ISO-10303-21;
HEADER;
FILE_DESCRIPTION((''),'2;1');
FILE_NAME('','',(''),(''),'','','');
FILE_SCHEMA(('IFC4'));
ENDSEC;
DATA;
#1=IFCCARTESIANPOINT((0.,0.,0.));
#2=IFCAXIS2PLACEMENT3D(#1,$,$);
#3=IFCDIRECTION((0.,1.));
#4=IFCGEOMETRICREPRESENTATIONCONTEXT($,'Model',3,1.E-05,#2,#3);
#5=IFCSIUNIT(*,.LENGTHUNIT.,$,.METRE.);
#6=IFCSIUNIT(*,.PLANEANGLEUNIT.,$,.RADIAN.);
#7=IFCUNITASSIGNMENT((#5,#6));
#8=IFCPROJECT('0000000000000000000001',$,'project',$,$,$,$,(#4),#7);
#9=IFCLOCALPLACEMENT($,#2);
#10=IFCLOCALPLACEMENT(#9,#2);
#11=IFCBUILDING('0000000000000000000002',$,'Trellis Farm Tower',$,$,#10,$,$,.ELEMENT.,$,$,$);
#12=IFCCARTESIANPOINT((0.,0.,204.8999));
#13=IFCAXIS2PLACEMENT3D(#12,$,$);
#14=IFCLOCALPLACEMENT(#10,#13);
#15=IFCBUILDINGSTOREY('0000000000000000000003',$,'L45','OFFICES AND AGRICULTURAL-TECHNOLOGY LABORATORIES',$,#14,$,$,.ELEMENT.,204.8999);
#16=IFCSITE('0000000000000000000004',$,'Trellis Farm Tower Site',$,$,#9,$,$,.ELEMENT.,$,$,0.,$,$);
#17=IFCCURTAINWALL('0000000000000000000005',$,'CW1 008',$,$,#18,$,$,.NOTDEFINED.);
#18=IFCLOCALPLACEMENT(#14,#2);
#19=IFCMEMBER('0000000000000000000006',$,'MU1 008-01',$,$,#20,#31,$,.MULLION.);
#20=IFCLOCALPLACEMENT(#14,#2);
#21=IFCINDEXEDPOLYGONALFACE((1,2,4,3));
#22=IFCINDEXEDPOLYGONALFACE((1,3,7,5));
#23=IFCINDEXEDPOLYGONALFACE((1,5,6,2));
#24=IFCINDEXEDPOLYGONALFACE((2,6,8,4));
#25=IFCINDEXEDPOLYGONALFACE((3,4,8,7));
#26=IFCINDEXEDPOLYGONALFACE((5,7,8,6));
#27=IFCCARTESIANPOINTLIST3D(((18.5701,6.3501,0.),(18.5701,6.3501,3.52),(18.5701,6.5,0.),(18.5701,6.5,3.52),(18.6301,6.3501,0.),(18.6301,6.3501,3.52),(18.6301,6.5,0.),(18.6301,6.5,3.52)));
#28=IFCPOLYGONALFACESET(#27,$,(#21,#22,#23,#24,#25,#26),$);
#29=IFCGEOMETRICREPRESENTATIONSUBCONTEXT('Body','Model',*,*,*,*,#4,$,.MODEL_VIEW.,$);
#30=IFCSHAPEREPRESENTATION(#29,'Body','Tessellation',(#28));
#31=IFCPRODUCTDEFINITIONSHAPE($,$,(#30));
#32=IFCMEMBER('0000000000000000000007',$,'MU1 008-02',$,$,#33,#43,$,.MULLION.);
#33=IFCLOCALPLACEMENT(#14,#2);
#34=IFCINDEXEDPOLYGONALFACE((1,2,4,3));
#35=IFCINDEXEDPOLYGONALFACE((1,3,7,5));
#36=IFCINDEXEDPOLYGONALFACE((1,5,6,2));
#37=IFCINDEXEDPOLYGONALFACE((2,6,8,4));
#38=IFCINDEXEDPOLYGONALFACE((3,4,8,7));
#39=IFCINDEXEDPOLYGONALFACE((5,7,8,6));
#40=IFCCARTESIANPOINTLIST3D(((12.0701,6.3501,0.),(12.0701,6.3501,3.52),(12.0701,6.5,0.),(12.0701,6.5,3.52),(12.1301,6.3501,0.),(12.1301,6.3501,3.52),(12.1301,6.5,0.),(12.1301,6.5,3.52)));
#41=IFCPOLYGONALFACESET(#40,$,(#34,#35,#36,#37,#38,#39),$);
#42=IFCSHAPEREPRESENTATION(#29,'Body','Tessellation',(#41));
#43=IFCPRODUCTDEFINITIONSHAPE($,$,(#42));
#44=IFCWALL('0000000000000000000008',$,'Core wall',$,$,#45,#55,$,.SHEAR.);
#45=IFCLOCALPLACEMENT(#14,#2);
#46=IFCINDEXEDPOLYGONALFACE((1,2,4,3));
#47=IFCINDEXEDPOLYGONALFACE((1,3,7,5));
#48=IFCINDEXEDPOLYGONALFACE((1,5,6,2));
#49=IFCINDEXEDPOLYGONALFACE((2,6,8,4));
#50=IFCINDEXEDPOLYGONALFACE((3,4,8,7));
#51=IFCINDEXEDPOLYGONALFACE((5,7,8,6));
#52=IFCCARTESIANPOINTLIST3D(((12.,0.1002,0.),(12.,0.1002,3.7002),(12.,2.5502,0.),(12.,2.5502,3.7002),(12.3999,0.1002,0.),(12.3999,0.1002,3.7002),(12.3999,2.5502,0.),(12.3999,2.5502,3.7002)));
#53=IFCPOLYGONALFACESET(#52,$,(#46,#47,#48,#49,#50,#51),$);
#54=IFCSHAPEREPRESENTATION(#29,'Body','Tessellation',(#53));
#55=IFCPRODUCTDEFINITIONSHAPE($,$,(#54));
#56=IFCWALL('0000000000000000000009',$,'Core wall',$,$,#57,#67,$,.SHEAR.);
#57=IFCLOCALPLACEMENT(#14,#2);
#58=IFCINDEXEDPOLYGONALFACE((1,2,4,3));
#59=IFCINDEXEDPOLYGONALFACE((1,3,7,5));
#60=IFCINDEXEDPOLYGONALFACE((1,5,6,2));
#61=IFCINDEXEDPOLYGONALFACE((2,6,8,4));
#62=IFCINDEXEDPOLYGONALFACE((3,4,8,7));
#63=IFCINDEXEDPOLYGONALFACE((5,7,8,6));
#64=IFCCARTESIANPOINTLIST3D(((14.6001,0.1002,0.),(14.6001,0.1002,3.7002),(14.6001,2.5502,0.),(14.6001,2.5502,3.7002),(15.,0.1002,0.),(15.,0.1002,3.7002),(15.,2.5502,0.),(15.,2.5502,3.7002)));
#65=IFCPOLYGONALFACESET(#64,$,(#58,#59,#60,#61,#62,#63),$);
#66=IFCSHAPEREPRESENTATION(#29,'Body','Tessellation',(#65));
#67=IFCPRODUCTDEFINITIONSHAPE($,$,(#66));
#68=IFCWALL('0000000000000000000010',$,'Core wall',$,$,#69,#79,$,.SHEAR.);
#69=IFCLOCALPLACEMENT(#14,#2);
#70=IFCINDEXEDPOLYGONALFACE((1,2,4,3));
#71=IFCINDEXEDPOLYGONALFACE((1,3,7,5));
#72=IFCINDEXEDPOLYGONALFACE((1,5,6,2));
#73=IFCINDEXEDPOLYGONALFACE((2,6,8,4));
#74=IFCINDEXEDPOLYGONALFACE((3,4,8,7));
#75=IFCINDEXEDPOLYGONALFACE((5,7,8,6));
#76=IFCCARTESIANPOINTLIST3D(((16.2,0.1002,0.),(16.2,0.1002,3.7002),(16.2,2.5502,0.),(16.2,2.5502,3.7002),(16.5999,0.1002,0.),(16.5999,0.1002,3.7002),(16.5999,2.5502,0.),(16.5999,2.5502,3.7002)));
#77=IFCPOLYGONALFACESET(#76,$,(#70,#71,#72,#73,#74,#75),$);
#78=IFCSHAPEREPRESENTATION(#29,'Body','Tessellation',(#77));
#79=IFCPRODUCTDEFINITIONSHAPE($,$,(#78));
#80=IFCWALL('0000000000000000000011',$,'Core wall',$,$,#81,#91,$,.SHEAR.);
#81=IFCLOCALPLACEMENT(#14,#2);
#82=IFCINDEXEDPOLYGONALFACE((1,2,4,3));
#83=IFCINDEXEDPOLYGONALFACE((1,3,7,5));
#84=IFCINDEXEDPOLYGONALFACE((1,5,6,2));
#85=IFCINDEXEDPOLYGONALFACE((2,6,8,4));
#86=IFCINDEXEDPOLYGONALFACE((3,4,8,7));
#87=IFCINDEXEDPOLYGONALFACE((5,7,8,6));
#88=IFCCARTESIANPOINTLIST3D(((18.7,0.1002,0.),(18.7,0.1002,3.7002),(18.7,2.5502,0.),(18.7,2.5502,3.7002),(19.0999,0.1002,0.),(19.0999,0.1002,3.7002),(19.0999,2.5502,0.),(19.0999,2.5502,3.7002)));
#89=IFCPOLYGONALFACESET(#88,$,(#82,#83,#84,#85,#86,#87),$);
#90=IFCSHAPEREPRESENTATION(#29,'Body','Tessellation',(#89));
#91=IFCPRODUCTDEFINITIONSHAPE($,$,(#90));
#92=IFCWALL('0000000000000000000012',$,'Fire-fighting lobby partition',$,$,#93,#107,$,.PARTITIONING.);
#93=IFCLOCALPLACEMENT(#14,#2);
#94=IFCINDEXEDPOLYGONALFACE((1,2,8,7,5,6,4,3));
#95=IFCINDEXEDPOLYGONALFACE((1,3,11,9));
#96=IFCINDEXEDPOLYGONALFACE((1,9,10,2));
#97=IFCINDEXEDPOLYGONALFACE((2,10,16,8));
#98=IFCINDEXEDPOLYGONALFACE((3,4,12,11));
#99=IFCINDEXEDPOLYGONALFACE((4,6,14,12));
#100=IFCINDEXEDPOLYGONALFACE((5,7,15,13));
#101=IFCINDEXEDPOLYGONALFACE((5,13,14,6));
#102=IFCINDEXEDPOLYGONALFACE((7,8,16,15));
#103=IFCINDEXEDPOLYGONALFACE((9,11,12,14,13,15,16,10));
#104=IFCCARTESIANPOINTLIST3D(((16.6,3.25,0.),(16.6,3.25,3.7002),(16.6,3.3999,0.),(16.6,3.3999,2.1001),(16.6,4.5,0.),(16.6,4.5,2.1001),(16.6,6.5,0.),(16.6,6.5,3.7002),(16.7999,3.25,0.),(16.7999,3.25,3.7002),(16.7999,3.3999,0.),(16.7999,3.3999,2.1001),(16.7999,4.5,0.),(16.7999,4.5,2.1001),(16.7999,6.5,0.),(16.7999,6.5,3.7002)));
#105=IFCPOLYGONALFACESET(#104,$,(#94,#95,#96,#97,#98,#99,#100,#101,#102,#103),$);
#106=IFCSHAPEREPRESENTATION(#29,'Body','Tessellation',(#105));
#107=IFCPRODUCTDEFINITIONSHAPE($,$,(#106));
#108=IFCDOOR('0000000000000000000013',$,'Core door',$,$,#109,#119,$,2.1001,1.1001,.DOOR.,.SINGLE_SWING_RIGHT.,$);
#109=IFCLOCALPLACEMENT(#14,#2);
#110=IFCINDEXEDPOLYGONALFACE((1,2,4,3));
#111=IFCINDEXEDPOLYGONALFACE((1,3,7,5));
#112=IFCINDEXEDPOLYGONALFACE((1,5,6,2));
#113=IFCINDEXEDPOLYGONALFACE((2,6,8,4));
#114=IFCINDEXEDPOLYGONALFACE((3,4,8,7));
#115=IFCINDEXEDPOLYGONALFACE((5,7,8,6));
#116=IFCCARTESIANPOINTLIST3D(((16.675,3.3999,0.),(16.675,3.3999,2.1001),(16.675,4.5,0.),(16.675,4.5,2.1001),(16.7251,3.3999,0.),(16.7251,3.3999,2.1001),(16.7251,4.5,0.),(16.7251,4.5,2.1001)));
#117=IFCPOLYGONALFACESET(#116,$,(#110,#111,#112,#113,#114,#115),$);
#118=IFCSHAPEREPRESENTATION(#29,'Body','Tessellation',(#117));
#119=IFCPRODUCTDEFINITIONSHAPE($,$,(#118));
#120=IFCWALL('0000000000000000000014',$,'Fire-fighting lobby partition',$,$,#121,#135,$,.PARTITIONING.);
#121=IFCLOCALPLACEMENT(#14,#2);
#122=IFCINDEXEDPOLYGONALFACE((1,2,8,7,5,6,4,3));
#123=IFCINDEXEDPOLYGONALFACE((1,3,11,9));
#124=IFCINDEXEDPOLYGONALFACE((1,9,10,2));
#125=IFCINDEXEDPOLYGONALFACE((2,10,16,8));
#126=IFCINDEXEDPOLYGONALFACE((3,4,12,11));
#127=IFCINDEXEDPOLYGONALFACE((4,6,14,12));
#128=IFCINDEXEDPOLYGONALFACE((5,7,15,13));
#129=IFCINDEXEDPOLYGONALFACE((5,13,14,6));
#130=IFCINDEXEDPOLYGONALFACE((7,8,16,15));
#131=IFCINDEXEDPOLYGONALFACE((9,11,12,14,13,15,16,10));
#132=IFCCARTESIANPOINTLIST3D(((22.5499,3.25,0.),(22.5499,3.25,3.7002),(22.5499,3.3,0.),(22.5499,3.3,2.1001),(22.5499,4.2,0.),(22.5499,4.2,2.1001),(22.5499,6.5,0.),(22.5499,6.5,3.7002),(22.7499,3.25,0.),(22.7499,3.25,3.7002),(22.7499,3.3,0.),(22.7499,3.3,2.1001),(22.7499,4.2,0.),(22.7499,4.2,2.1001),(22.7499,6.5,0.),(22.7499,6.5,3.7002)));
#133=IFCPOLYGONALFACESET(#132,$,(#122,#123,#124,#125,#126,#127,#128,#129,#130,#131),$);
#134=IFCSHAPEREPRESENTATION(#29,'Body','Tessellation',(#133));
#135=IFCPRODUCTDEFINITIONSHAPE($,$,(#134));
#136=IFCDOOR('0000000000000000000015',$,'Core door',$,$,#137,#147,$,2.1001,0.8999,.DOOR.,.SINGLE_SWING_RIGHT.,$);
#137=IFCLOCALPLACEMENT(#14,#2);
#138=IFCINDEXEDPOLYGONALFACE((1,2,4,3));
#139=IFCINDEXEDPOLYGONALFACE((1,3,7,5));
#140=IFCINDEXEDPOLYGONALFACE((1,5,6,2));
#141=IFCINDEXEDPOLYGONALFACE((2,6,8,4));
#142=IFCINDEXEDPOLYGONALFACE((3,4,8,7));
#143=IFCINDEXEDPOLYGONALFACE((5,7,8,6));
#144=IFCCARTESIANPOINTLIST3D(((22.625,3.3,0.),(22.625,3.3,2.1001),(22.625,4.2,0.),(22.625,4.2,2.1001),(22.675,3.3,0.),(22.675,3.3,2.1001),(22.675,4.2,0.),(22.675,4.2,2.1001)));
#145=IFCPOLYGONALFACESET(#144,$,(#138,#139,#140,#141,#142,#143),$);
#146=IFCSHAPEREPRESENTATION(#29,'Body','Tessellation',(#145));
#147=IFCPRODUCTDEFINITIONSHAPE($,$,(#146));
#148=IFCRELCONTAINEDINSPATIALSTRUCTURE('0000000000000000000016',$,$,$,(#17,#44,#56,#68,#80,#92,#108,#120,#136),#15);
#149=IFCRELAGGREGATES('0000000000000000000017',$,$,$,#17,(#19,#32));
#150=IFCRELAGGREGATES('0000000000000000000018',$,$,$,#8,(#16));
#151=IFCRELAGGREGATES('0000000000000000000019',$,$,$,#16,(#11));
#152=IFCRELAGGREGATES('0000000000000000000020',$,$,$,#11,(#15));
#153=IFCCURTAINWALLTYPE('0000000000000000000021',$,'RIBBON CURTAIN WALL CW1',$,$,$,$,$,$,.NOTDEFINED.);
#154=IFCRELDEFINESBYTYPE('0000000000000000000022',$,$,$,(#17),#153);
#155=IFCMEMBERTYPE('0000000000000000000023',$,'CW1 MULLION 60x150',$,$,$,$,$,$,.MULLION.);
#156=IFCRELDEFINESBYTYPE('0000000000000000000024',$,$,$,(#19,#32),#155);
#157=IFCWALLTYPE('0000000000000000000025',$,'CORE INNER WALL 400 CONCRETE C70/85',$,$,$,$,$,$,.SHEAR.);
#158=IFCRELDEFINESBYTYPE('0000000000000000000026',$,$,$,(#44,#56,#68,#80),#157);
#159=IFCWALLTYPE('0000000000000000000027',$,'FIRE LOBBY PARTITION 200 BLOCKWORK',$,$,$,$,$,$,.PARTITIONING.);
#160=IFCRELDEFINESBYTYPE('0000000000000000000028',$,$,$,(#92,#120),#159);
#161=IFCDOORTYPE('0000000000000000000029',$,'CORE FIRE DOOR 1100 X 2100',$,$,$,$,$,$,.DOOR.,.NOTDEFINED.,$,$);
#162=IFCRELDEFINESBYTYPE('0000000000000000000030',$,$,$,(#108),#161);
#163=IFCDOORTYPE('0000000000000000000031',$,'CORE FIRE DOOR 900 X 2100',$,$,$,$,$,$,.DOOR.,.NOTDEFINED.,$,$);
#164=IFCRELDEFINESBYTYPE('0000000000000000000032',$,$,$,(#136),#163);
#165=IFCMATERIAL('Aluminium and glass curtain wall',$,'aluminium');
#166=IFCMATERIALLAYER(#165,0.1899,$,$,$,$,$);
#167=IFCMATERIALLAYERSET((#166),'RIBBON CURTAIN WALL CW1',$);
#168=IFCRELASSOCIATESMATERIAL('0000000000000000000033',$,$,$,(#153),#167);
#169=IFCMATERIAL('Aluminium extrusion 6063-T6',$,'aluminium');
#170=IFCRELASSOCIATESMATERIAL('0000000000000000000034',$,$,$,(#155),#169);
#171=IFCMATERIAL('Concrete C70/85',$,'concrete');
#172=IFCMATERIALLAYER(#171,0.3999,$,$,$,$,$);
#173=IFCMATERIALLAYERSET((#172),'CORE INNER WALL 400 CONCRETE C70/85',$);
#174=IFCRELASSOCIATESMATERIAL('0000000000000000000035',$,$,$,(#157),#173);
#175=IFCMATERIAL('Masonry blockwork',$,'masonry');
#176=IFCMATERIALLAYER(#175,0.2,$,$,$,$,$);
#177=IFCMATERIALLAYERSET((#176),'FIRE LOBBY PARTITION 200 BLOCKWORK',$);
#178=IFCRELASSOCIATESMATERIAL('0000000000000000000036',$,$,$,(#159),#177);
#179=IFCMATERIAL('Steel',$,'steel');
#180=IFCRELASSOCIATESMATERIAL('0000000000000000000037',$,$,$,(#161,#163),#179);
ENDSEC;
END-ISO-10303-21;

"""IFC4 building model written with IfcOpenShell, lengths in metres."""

from ifc_helpers import new_model, si_unit, direction, frame, frame_2d, origin, origin_2d, place, context, subcontext, project, spatial, rectangle, extrude, source, transform, mapped, material, layer, layer_set, material_profile, profile_set, type_object, element, fill, aggregate, save


model = new_model("IFC4")

# Units and contexts
model_context = context("Model", 3, precision=1e-05, world=origin(), true_north=direction((0.0, 1.0)))
body_context = subcontext(model_context, "Body", "Model", "MODEL_VIEW")
ifc_project = project(units=[si_unit("LENGTHUNIT", "METRE"), si_unit("PLANEANGLEUNIT", "RADIAN")], contexts=[model_context])

# Site, building, storey
site_placement = place(None, origin())
site = spatial("IfcSite", under=ifc_project, at=site_placement, Name="Trellis Farm Tower Site", CompositionType="ELEMENT", RefElevation=0.0)
building_placement = place(site_placement, origin())
building = spatial("IfcBuilding", under=site, at=building_placement, Name="Trellis Farm Tower", CompositionType="ELEMENT")
storey_placement = place(building_placement, frame((0.0, 0.0, 204.8999)))
storey = spatial("IfcBuildingStorey", under=building, at=storey_placement, Name="L45", Description="OFFICES AND AGRICULTURAL-TECHNOLOGY LABORATORIES", CompositionType="ELEMENT", Elevation=204.8999)

# Shared definitions
ifc_material_1 = material(Name="Concrete C70/85", Category="concrete")

# Curtain wall, members
ifc_material_2 = material(Name="Aluminium and glass curtain wall", Category="aluminium")
ifc_layer_1 = layer(ifc_material_2, 0.1899)
ifc_layer_set_1 = layer_set([ifc_layer_1], Name="RIBBON CURTAIN WALL CW1")
curtain_wall_type = type_object("IfcCurtainWallType", Name="RIBBON CURTAIN WALL CW1", PredefinedType="NOTDEFINED", material=ifc_layer_set_1)
placement = place(storey_placement, origin())
ifc_material_3 = material(Name="Aluminium extrusion 6063-T6", Category="aluminium")
ifc_material_profile_1 = material_profile(ifc_material_3, rectangle(XDim=0.0601, YDim=0.1499, at=origin_2d()), Name="MULLION 60x150")
ifc_profile_set_1 = profile_set([ifc_material_profile_1], Name="Aluminium extrusion 6063-T6")
member_type = type_object("IfcMemberType", Name="CW1 MULLION 60x150", PredefinedType="MULLION", material=ifc_profile_set_1)
shared_shape_1 = source(origin(), body_context, "Body", "SweptSolid", [
    extrude(rectangle(XDim=0.0601, YDim=0.1499, at=origin_2d()), origin(), (0.0, 0.0, 1.0), 3.52),
])
curtain_wall_1 = element("IfcCurtainWall", 1, at=placement, inside=storey, type_object=curtain_wall_type, Name="CW1 008", PredefinedType="NOTDEFINED")
member_1_placement = place(storey_placement, frame((18.6001, 6.425, 0.0), z_axis=(0.0, 0.0, 1.0), x_axis=(-1.0, 0.0, 0.0)))
member_1 = element("IfcMember", 2, at=member_1_placement, type_object=member_type, Name="MU1 008-01", PredefinedType="MULLION", context=body_context, shape_type="MappedRepresentation", body=[
    mapped(shared_shape_1, transform((0.0, 0.0, 0.0))),
])
member_2_placement = place(storey_placement, frame((12.1001, 6.425, 0.0), z_axis=(0.0, 0.0, 1.0), x_axis=(-1.0, 0.0, 0.0)))
member_2 = element("IfcMember", 3, at=member_2_placement, type_object=member_type, Name="MU1 008-02", PredefinedType="MULLION", context=body_context, shape_type="MappedRepresentation", body=[
    mapped(shared_shape_1, transform((0.0, 0.0, 0.0))),
])
aggregate(curtain_wall_1, [member_1, member_2])

# Walls
ifc_layer_2 = layer(ifc_material_1, 0.3999)
ifc_layer_set_2 = layer_set([ifc_layer_2], Name="CORE INNER WALL 400 CONCRETE C70/85")
wall_type_1 = type_object("IfcWallType", Name="CORE INNER WALL 400 CONCRETE C70/85", PredefinedType="SHEAR", material=ifc_layer_set_2)
shared_shape_2 = source(origin(), body_context, "Body", "SweptSolid", [
    extrude(rectangle(XDim=2.45, YDim=0.3999, at=frame_2d((1.2251, 0.0))), origin(), (0.0, 0.0, 1.0), 3.7002),
])
for number, where, z_axis, x_axis, name in (
    (4, (12.2, 0.1001, 0.0), (0.0, 0.0, 1.0), (0.0, 1.0, 0.0), "Core wall"),
    (5, (14.8, 0.1001, 0.0), (0.0, 0.0, 1.0), (0.0, 1.0, 0.0), "Core wall"),
    (6, (16.3999, 0.1001, 0.0), (0.0, 0.0, 1.0), (0.0, 1.0, 0.0), "Core wall"),
    (7, (18.8999, 0.1001, 0.0), (0.0, 0.0, 1.0), (0.0, 1.0, 0.0), "Core wall"),
):
    element("IfcWall", number, at=place(storey_placement, frame(where, z_axis=z_axis, x_axis=x_axis)), inside=storey, type_object=wall_type_1, Name=name, PredefinedType="SHEAR", context=body_context, shape_type="MappedRepresentation", body=[
        mapped(shared_shape_2, transform((0.0, 0.0, 0.0))),
    ])

# Walls, openings, doors
ifc_material_4 = material(Name="Masonry blockwork", Category="masonry")
ifc_layer_3 = layer(ifc_material_4, 0.2)
ifc_layer_set_3 = layer_set([ifc_layer_3], Name="FIRE LOBBY PARTITION 200 BLOCKWORK")
wall_type_2 = type_object("IfcWallType", Name="FIRE LOBBY PARTITION 200 BLOCKWORK", PredefinedType="PARTITIONING", material=ifc_layer_set_3)
shared_shape_3 = source(origin(), body_context, "Body", "SweptSolid", [
    extrude(rectangle(XDim=3.25, YDim=0.2, at=frame_2d((1.625, 0.0))), origin(), (0.0, 0.0, 1.0), 3.7002),
])
wall_1_placement = place(storey_placement, frame((16.7, 3.25, 0.0), z_axis=(0.0, 0.0, 1.0), x_axis=(0.0, 1.0, 0.0)))
wall_1 = element("IfcWall", 8, at=wall_1_placement, inside=storey, type_object=wall_type_2, Name="Fire-fighting lobby partition", PredefinedType="PARTITIONING", context=body_context, shape_type="MappedRepresentation", body=[
    mapped(shared_shape_3, transform((0.0, 0.0, 0.0))),
])
shared_shape_4 = source(origin(), body_context, "Body", "SweptSolid", [
    extrude(rectangle(XDim=1.1001, YDim=2.1001, at=frame_2d((0.55, 1.05))), frame((0.0, 0.1101, 0.0), z_axis=(0.0, -1.0, 0.0), x_axis=(1.0, 0.0, 0.0)), (0.0, 0.0, 1.0), 0.2202),
])
opening_1_placement = place(wall_1_placement, frame((0.1499, 0.0, 0.0)))
opening_1 = element("IfcOpeningElement", 9, at=opening_1_placement, cuts=wall_1, PredefinedType="OPENING", context=body_context, shape_type="MappedRepresentation", body=[
    mapped(shared_shape_4, transform((0.0, 0.0, 0.0))),
])
ifc_material_5 = material(Name="Steel", Category="steel")
door_type_1 = type_object("IfcDoorType", Name="CORE FIRE DOOR 1100 X 2100", OperationType="NOTDEFINED", PredefinedType="DOOR", material=ifc_material_5)
shared_shape_5 = source(origin(), body_context, "Body", "SweptSolid", [
    extrude(rectangle(XDim=1.1001, YDim=2.1001, at=frame_2d((0.55, 1.05))), frame((0.0, 0.0249, 0.0), z_axis=(0.0, -1.0, 0.0), x_axis=(1.0, 0.0, 0.0)), (0.0, 0.0, 1.0), 0.05),
])
door_1_placement = place(opening_1_placement, origin())
door_1 = element("IfcDoor", 10, at=door_1_placement, inside=storey, type_object=door_type_1, Name="Core door", OperationType="SINGLE_SWING_RIGHT", OverallHeight=2.1001, OverallWidth=1.1001, PredefinedType="DOOR", context=body_context, shape_type="MappedRepresentation", body=[
    mapped(shared_shape_5, transform((0.0, 0.0, 0.0))),
])
fill(opening_1, door_1)
wall_2_placement = place(storey_placement, frame((22.6499, 3.25, 0.0), z_axis=(0.0, 0.0, 1.0), x_axis=(0.0, 1.0, 0.0)))
wall_2 = element("IfcWall", 11, at=wall_2_placement, inside=storey, type_object=wall_type_2, Name="Fire-fighting lobby partition", PredefinedType="PARTITIONING", context=body_context, shape_type="MappedRepresentation", body=[
    mapped(shared_shape_3, transform((0.0, 0.0, 0.0))),
])
shared_shape_6 = source(origin(), body_context, "Body", "SweptSolid", [
    extrude(rectangle(XDim=0.8999, YDim=2.1001, at=frame_2d((0.45, 1.05))), frame((0.0, 0.1101, 0.0), z_axis=(0.0, -1.0, 0.0), x_axis=(1.0, 0.0, 0.0)), (0.0, 0.0, 1.0), 0.2202),
])
opening_2_placement = place(wall_2_placement, frame((0.05, 0.0, 0.0)))
opening_2 = element("IfcOpeningElement", 12, at=opening_2_placement, cuts=wall_2, PredefinedType="OPENING", context=body_context, shape_type="MappedRepresentation", body=[
    mapped(shared_shape_6, transform((0.0, 0.0, 0.0))),
])
door_type_2 = type_object("IfcDoorType", Name="CORE FIRE DOOR 900 X 2100", OperationType="NOTDEFINED", PredefinedType="DOOR", material=ifc_material_5)
shared_shape_7 = source(origin(), body_context, "Body", "SweptSolid", [
    extrude(rectangle(XDim=0.8999, YDim=2.1001, at=frame_2d((0.45, 1.05))), frame((0.0, 0.0249, 0.0), z_axis=(0.0, -1.0, 0.0), x_axis=(1.0, 0.0, 0.0)), (0.0, 0.0, 1.0), 0.05),
])
door_2_placement = place(opening_2_placement, origin())
door_2 = element("IfcDoor", 13, at=door_2_placement, inside=storey, type_object=door_type_2, Name="Core door", OperationType="SINGLE_SWING_RIGHT", OverallHeight=2.1001, OverallWidth=0.8999, PredefinedType="DOOR", context=body_context, shape_type="MappedRepresentation", body=[
    mapped(shared_shape_7, transform((0.0, 0.0, 0.0))),
])
fill(opening_2, door_2)

save(model, "model.ifc")
